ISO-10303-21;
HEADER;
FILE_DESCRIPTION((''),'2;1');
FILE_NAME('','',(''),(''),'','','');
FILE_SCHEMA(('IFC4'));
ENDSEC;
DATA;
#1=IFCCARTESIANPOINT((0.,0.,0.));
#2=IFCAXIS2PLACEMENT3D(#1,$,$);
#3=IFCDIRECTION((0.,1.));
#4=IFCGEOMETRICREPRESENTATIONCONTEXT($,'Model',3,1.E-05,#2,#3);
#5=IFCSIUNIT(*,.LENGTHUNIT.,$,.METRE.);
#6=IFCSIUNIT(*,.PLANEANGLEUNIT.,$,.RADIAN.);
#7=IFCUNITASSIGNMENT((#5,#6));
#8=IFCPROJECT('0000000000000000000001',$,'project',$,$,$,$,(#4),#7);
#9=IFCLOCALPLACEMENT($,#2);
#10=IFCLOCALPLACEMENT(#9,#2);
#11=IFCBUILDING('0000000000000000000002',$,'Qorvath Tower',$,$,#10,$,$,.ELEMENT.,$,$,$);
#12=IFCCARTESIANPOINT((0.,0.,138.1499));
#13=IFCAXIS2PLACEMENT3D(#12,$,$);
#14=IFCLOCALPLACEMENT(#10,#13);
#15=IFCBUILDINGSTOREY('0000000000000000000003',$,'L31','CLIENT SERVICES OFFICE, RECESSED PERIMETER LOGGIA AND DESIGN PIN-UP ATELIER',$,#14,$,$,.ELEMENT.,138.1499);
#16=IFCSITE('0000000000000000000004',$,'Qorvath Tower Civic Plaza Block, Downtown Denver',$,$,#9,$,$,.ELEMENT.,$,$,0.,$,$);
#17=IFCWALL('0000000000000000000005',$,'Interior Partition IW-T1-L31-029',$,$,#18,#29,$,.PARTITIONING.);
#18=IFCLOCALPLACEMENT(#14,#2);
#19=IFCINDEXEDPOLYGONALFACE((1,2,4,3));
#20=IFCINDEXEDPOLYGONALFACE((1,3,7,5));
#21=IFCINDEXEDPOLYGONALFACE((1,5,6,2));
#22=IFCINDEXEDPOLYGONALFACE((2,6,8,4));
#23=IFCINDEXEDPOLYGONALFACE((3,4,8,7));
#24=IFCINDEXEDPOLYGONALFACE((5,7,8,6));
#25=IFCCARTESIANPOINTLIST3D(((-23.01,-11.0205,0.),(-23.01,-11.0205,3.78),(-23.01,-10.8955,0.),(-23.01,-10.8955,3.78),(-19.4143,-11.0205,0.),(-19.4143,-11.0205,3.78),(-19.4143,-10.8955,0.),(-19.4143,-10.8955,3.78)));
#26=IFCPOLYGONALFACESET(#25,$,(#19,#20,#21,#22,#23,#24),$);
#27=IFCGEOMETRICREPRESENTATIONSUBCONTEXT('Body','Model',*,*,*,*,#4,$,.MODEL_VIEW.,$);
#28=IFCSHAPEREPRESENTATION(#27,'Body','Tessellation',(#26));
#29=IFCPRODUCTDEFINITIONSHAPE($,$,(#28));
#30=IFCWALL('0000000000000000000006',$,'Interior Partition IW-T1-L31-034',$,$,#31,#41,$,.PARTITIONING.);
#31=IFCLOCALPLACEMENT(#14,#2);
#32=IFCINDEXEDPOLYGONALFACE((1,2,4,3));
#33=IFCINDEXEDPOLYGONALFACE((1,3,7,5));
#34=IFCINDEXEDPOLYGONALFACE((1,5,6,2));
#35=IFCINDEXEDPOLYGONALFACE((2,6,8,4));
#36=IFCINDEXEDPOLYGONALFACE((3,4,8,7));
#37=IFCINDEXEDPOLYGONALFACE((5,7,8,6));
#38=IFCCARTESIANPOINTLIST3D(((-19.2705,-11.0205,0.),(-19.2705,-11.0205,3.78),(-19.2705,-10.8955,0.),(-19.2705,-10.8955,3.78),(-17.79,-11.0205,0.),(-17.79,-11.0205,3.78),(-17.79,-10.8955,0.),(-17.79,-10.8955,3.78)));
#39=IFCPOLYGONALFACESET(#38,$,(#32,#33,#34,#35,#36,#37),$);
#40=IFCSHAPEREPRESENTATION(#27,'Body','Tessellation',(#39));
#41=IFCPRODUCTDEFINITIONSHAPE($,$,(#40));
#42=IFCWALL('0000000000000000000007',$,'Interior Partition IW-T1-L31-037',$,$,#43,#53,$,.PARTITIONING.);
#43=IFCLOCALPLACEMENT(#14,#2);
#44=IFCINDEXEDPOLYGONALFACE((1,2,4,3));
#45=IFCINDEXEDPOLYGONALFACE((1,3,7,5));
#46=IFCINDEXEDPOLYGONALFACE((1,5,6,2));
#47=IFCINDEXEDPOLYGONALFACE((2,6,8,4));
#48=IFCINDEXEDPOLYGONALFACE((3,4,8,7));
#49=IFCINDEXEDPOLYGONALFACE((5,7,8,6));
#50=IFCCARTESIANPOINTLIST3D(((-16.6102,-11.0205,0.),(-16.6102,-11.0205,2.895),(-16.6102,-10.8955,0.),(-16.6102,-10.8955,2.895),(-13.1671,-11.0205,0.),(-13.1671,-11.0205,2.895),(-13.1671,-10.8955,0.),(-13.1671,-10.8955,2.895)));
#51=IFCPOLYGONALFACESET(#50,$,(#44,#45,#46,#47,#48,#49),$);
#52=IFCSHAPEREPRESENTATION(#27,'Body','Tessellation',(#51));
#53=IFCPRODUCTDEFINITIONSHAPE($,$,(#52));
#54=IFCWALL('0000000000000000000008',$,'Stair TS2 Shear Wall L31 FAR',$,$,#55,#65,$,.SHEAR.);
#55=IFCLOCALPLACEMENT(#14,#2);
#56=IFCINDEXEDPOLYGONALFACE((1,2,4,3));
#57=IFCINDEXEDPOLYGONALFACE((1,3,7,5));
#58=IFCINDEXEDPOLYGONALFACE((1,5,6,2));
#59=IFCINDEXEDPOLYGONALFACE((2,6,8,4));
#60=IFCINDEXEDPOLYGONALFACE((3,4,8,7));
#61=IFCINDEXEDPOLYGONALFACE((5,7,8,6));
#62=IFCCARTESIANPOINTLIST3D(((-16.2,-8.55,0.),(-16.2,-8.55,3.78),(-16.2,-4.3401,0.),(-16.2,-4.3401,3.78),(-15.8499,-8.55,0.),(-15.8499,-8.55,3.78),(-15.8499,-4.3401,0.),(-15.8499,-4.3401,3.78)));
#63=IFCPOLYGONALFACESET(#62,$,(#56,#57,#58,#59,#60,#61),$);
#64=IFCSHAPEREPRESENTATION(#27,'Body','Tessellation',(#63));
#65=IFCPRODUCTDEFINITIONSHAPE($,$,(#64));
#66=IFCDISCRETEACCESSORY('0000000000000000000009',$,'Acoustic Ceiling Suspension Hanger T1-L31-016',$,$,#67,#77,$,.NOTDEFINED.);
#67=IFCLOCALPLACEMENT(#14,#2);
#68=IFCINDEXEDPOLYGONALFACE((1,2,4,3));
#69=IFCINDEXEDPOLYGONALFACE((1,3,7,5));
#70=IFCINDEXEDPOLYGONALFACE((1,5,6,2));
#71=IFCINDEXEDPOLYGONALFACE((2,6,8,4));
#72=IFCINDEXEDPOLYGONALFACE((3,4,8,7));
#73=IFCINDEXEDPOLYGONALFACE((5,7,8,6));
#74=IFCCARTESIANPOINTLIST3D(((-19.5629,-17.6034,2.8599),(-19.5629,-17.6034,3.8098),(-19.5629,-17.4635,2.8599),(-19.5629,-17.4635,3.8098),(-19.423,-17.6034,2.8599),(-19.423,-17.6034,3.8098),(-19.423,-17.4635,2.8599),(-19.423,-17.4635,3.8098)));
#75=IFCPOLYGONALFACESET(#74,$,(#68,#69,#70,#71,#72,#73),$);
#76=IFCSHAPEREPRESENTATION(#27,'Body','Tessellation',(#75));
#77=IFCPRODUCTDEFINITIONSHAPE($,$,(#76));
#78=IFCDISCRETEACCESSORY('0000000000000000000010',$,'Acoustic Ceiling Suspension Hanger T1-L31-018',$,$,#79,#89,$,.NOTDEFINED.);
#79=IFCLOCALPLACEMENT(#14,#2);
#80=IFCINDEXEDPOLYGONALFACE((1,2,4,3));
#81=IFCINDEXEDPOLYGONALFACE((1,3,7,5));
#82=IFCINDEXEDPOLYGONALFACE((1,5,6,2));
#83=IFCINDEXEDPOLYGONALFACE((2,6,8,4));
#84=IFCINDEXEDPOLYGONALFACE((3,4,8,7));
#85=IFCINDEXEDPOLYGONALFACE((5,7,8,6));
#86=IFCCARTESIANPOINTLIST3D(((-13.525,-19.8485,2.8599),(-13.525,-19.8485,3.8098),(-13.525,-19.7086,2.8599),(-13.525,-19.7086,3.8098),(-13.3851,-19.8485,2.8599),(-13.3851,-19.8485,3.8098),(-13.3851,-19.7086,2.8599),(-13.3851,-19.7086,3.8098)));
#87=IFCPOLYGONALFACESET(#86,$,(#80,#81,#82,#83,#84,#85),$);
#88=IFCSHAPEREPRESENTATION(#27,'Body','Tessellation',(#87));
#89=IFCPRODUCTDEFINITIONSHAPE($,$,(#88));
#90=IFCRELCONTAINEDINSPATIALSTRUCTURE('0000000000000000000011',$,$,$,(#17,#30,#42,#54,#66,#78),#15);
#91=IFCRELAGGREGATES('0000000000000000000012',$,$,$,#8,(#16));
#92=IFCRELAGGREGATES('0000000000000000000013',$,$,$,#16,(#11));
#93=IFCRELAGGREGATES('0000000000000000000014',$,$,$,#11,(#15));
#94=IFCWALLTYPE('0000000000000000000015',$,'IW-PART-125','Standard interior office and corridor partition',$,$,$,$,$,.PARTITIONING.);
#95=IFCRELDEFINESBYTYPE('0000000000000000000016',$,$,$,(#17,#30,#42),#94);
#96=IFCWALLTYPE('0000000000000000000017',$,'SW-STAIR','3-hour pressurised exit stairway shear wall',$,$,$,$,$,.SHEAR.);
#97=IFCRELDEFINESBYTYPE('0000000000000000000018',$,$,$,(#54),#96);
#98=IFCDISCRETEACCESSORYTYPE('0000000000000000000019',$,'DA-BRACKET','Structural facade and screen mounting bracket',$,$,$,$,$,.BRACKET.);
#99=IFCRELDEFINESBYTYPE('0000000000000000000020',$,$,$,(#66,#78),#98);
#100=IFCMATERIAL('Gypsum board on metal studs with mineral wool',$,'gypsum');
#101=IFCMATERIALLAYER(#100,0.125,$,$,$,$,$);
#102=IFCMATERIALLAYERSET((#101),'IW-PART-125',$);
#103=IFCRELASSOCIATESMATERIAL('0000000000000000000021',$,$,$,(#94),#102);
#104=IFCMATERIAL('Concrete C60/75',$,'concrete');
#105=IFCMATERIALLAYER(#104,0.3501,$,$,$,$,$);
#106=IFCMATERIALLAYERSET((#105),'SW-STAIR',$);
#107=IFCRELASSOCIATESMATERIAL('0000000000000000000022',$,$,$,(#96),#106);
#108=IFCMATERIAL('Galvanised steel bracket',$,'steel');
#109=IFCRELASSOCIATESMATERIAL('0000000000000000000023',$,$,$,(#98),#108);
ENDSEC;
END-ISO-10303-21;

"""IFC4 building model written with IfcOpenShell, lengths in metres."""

from ifc_helpers import new_model, si_unit, direction, frame, frame_2d, origin, origin_2d, place, context, subcontext, project, spatial, rectangle, extrude, material, layer, layer_set, type_object, element, save


model = new_model("IFC4")

# Units and contexts
model_context = context("Model", 3, precision=1e-05, world=origin(), true_north=direction((0.0, 1.0)))
body_context = subcontext(model_context, "Body", "Model", "MODEL_VIEW")
ifc_project = project(units=[si_unit("LENGTHUNIT", "METRE"), si_unit("PLANEANGLEUNIT", "RADIAN")], contexts=[model_context])

# Site, building, storey
site_placement = place(None, origin())
site = spatial("IfcSite", under=ifc_project, at=site_placement, Name="Qorvath Tower Civic Plaza Block, Downtown Denver", CompositionType="ELEMENT", RefElevation=0.0)
building_placement = place(site_placement, origin())
building = spatial("IfcBuilding", under=site, at=building_placement, Name="Qorvath Tower", CompositionType="ELEMENT")
storey_placement = place(building_placement, frame((0.0, 0.0, 138.1499)))
storey = spatial("IfcBuildingStorey", under=building, at=storey_placement, Name="L31", Description="CLIENT SERVICES OFFICE, RECESSED PERIMETER LOGGIA AND DESIGN PIN-UP ATELIER", CompositionType="ELEMENT", Elevation=138.1499)

# Walls
ifc_material_1 = material(Name="Gypsum board on metal studs with mineral wool", Category="gypsum")
ifc_layer_1 = layer(ifc_material_1, 0.125)
ifc_layer_set_1 = layer_set([ifc_layer_1], Name="IW-PART-125")
wall_type_1 = type_object("IfcWallType", Name="IW-PART-125", Description="Standard interior office and corridor partition", PredefinedType="PARTITIONING", material=ifc_layer_set_1)
wall_1_placement = place(storey_placement, frame((-19.4143, -10.958, 0.0), z_axis=(0.0, 0.0, 1.0), x_axis=(-1.0, 0.0, 0.0)))
element("IfcWall", 1, at=wall_1_placement, inside=storey, type_object=wall_type_1, Name="Interior Partition IW-T1-L31-029", PredefinedType="PARTITIONING", context=body_context, shape_type="SweptSolid", body=[
    extrude(rectangle(XDim=3.5957, YDim=0.125, at=frame_2d((1.7979, 0.0))), origin(), (0.0, 0.0, 1.0), 3.78),
])
wall_2_placement = place(storey_placement, frame((-17.79, -10.958, 0.0), z_axis=(0.0, 0.0, 1.0), x_axis=(-1.0, 0.0, 0.0)))
element("IfcWall", 2, at=wall_2_placement, inside=storey, type_object=wall_type_1, Name="Interior Partition IW-T1-L31-034", PredefinedType="PARTITIONING", context=body_context, shape_type="SweptSolid", body=[
    extrude(rectangle(XDim=1.4805, YDim=0.125, at=frame_2d((0.7402, 0.0))), origin(), (0.0, 0.0, 1.0), 3.78),
])
wall_3_placement = place(storey_placement, frame((-13.167, -10.958, 0.0), z_axis=(0.0, 0.0, 1.0), x_axis=(-1.0, 0.0, 0.0)))
element("IfcWall", 3, at=wall_3_placement, inside=storey, type_object=wall_type_1, Name="Interior Partition IW-T1-L31-037", PredefinedType="PARTITIONING", context=body_context, shape_type="SweptSolid", body=[
    extrude(rectangle(XDim=3.4431, YDim=0.125, at=frame_2d((1.7217, 0.0))), origin(), (0.0, 0.0, 1.0), 2.895),
])
ifc_material_2 = material(Name="Concrete C60/75", Category="concrete")
ifc_layer_2 = layer(ifc_material_2, 0.3501)
ifc_layer_set_2 = layer_set([ifc_layer_2], Name="SW-STAIR")
wall_type_2 = type_object("IfcWallType", Name="SW-STAIR", Description="3-hour pressurised exit stairway shear wall", PredefinedType="SHEAR", material=ifc_layer_set_2)
wall_4_placement = place(storey_placement, frame((-16.0249, -8.55, 0.0), z_axis=(0.0, 0.0, 1.0), x_axis=(0.0, 1.0, 0.0)))
element("IfcWall", 4, at=wall_4_placement, inside=storey, type_object=wall_type_2, Name="Stair TS2 Shear Wall L31 FAR", PredefinedType="SHEAR", context=body_context, shape_type="SweptSolid", body=[
    extrude(rectangle(XDim=4.21, YDim=0.3501, at=frame_2d((2.105, 0.0))), origin(), (0.0, 0.0, 1.0), 3.78),
])

# Discrete accessories
ifc_material_3 = material(Name="Galvanised steel bracket", Category="steel")
discrete_accessory_type = type_object("IfcDiscreteAccessoryType", Name="DA-BRACKET", Description="Structural facade and screen mounting bracket", PredefinedType="BRACKET", material=ifc_material_3)
for number, where, z_axis, x_axis, name in (
    (5, (-19.4929, -17.5334, 2.8599), (0.0, 0.0, 1.0), (1.0, 0.0, 0.0), "Acoustic Ceiling Suspension Hanger T1-L31-016"),
    (6, (-13.4551, -19.7786, 2.8599), (0.0, 0.0, 1.0), (1.0, 0.0, 0.0), "Acoustic Ceiling Suspension Hanger T1-L31-018"),
):
    element("IfcDiscreteAccessory", number, at=place(storey_placement, frame(where, z_axis=z_axis, x_axis=x_axis)), inside=storey, type_object=discrete_accessory_type, Name=name, PredefinedType="NOTDEFINED", context=body_context, shape_type="SweptSolid", body=[
        extrude(rectangle(XDim=0.1399, YDim=0.1399, at=origin_2d()), origin(), (0.0, 0.0, 1.0), 0.95),
    ])

save(model, "model.ifc")
